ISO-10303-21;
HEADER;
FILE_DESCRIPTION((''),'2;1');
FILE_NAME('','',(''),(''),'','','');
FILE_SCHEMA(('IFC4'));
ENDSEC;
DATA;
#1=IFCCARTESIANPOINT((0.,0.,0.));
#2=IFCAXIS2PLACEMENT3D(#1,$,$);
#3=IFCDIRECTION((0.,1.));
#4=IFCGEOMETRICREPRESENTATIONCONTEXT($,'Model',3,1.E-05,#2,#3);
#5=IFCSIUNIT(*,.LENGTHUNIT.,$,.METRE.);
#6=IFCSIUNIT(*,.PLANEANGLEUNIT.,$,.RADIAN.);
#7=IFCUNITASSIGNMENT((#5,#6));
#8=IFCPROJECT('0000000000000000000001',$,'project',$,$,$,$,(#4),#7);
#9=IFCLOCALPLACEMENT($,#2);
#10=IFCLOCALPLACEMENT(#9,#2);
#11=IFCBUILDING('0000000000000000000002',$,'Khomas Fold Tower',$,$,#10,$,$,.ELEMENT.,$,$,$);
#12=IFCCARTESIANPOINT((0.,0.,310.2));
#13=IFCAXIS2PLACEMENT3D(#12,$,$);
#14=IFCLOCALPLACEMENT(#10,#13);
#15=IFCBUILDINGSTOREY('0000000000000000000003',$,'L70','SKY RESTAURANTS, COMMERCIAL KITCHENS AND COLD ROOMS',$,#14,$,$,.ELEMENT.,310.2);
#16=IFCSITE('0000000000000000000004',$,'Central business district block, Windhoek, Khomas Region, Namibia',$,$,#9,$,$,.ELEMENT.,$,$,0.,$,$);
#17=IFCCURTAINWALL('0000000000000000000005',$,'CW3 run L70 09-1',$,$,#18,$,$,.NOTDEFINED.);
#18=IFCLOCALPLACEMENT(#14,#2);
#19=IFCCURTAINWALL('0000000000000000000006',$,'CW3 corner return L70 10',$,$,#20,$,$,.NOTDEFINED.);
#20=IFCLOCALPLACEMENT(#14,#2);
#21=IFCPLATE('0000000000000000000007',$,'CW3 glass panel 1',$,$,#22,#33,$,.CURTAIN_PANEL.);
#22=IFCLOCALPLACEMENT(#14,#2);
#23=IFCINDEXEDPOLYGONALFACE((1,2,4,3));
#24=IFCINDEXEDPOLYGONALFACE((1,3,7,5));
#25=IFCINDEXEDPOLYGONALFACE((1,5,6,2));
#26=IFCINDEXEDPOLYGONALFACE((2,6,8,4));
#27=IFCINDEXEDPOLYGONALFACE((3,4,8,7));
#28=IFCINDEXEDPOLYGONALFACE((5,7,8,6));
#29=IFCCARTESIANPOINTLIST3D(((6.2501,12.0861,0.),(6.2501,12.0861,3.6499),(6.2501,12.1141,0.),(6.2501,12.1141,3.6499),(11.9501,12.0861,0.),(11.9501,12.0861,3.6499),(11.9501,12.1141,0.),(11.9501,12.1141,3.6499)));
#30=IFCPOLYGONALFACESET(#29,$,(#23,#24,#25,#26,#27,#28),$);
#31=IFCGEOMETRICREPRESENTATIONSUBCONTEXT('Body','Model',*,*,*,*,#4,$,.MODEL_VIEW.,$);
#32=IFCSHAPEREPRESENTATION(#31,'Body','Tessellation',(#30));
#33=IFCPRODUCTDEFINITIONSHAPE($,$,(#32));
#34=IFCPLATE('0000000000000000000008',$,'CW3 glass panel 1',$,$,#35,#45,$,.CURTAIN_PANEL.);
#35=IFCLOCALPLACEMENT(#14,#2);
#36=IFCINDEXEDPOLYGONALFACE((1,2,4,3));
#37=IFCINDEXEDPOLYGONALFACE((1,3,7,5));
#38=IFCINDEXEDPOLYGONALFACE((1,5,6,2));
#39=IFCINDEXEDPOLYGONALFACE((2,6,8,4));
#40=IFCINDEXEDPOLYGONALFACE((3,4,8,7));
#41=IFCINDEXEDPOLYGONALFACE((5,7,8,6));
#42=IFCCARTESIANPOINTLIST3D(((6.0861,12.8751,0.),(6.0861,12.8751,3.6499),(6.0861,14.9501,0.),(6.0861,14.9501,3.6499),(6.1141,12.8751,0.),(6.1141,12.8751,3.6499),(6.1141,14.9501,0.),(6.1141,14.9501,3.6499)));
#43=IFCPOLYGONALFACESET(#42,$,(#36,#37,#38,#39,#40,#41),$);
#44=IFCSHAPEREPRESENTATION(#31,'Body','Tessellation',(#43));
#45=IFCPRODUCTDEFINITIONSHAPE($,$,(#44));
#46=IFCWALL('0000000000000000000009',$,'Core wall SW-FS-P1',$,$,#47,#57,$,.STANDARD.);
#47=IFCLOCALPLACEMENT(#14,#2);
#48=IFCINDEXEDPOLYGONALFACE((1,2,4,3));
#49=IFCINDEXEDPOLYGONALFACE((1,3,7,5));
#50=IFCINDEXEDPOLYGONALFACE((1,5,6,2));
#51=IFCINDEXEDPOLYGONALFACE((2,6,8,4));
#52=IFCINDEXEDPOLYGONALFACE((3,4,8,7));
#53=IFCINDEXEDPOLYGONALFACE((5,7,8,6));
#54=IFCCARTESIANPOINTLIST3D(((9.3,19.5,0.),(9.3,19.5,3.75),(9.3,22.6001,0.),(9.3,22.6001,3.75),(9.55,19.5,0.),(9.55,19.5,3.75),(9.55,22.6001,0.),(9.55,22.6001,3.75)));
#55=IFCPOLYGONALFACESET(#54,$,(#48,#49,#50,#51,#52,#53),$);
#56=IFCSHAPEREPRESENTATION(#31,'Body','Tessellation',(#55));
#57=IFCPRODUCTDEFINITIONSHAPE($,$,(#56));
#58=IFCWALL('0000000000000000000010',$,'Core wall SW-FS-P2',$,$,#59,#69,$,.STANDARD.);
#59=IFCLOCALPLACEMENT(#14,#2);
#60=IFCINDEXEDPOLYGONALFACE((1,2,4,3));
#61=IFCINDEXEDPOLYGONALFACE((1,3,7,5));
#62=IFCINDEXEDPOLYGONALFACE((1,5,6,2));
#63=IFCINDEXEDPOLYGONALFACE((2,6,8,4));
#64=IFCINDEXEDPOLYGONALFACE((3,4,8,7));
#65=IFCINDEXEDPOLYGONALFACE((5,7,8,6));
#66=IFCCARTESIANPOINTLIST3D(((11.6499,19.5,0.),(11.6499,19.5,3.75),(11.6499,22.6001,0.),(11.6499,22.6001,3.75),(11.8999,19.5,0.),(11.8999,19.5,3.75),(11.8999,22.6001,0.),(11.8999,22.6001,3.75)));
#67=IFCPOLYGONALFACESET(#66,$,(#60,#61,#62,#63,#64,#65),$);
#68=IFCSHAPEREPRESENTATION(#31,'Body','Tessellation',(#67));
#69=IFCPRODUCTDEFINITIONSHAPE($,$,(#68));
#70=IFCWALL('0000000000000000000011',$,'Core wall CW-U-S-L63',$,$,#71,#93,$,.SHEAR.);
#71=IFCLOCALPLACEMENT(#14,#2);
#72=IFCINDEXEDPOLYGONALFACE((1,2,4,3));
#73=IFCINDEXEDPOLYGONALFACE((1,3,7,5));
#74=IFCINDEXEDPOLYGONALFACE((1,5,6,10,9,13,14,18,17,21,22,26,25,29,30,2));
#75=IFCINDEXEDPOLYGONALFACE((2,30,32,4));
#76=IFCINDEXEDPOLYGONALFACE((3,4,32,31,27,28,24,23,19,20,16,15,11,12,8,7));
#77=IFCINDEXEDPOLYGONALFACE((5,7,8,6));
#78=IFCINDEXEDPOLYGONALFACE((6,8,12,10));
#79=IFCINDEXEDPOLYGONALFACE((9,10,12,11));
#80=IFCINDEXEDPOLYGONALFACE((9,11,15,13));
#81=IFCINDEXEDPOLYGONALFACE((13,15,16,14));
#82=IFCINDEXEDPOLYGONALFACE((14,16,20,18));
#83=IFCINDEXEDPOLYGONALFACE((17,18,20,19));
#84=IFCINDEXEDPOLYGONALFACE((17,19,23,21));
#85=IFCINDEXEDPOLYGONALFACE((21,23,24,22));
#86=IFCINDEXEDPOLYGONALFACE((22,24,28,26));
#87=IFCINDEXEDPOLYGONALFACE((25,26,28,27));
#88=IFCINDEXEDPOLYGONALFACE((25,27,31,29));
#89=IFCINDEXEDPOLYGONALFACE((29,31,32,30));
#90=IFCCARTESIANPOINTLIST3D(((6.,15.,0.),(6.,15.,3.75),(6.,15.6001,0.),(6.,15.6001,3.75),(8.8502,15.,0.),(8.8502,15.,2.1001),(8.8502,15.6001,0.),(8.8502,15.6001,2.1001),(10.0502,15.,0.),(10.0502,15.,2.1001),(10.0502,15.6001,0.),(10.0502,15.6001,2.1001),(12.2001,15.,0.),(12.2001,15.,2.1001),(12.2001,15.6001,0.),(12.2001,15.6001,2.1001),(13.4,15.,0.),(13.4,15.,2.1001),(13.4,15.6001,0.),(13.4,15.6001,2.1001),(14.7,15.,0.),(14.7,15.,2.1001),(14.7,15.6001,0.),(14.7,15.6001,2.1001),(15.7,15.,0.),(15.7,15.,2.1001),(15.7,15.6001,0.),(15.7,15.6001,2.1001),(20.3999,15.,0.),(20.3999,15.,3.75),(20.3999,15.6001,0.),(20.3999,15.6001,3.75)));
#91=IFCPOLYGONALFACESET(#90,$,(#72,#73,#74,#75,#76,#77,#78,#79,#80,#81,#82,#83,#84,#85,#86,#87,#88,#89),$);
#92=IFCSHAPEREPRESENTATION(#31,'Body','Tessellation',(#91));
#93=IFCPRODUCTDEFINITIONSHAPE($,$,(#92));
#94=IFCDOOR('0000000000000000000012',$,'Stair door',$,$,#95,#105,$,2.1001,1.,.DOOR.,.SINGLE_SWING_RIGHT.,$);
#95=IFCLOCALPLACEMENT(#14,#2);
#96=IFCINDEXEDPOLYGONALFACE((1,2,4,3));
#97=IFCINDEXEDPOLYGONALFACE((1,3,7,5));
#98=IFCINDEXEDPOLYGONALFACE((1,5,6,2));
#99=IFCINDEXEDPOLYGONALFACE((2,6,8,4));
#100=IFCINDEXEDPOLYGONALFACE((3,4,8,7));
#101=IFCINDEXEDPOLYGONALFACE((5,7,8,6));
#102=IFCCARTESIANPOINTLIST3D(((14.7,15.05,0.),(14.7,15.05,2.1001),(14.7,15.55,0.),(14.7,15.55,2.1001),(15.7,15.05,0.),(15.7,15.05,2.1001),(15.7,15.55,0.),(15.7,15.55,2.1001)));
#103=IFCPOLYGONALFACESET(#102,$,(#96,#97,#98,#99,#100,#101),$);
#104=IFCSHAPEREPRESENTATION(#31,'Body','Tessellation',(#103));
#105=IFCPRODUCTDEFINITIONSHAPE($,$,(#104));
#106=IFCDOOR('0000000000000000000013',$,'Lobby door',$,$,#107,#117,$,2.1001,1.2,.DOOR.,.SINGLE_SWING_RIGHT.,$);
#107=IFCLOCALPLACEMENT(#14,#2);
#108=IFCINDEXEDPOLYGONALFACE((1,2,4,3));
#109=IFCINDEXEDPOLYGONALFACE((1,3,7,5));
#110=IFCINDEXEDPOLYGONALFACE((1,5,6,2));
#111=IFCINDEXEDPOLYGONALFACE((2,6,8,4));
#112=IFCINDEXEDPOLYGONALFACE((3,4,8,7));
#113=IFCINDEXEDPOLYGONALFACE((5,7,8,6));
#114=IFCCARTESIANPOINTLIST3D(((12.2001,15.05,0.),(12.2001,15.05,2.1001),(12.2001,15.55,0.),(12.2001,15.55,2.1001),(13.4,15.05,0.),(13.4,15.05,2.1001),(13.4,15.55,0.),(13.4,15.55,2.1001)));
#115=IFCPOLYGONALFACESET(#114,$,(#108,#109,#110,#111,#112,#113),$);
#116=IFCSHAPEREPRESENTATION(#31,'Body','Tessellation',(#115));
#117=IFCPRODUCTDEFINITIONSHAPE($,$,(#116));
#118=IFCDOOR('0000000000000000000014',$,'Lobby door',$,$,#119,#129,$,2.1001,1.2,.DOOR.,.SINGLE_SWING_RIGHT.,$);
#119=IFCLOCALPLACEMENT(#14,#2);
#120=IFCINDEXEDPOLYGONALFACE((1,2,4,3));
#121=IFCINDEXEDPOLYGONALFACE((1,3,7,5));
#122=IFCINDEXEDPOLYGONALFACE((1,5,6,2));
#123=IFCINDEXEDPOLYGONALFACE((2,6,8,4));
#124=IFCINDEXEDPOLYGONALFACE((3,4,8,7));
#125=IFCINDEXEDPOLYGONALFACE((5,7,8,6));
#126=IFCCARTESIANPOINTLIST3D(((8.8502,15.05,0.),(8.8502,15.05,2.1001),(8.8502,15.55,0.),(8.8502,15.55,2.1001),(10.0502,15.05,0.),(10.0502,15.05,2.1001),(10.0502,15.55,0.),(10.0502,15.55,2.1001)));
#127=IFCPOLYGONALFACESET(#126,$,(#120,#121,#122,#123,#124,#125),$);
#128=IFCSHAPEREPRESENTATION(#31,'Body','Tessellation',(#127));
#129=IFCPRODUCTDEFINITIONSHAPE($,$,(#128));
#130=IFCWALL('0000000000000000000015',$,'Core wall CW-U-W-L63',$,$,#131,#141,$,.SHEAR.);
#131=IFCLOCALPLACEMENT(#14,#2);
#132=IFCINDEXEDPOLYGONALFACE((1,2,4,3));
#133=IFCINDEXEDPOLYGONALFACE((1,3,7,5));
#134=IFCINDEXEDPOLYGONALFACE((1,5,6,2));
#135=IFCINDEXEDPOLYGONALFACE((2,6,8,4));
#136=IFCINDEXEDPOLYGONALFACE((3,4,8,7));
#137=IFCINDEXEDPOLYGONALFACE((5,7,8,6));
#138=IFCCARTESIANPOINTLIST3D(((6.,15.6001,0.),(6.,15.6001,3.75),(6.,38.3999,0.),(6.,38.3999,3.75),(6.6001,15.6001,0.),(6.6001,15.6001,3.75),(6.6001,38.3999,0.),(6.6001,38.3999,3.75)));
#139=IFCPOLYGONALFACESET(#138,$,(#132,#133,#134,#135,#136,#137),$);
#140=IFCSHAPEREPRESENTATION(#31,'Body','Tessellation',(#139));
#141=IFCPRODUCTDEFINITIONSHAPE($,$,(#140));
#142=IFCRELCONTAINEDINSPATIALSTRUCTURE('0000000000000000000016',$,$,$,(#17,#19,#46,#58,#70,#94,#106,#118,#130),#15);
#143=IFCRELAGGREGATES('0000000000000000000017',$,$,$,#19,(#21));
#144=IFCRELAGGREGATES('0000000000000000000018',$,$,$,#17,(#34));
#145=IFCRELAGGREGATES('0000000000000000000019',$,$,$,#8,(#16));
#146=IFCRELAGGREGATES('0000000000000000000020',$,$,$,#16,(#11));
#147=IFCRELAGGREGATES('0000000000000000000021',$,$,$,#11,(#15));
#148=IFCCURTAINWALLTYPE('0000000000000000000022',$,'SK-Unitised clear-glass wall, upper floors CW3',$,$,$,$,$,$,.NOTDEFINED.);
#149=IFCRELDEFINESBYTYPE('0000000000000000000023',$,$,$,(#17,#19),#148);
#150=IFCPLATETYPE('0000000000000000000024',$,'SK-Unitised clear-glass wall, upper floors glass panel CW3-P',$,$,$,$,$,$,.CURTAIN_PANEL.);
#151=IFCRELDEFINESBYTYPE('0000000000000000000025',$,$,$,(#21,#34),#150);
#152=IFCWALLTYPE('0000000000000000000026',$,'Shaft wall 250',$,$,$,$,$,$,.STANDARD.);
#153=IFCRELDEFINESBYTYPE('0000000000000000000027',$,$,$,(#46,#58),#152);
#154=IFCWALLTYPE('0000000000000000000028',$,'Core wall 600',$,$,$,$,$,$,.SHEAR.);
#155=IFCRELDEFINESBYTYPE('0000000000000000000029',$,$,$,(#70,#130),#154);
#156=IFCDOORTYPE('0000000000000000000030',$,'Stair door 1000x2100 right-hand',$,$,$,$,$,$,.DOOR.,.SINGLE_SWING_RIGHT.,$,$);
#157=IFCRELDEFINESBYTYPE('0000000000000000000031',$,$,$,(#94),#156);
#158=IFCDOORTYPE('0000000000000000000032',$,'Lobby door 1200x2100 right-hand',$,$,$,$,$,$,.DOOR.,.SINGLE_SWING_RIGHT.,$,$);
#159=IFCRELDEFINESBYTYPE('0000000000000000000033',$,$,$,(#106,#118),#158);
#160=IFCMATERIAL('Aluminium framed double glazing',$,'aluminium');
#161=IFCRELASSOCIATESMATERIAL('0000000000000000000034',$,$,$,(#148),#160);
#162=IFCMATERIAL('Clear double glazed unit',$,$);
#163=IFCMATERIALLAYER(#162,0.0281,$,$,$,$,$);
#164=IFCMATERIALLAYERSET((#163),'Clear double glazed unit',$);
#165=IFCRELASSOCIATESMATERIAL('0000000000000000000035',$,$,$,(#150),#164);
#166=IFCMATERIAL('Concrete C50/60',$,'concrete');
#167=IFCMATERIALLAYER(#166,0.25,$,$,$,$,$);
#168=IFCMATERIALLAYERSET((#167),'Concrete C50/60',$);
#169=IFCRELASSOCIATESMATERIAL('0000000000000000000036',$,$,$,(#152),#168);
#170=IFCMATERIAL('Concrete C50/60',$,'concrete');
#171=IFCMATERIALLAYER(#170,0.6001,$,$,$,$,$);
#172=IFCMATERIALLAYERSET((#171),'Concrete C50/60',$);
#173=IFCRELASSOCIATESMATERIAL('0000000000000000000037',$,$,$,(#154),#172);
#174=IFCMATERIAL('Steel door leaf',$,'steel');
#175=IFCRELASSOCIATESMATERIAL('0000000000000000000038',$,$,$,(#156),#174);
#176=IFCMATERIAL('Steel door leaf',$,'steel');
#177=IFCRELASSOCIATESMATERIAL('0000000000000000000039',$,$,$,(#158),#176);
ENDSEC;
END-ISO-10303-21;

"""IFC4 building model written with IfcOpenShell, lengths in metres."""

from ifc_helpers import new_model, si_unit, direction, frame, frame_2d, origin, origin_2d, place, context, subcontext, project, spatial, rectangle, extrude, source, transform, mapped, material, layer, layer_set, type_object, element, fill, aggregate, save


model = new_model("IFC4")

# Units and contexts
model_context = context("Model", 3, precision=1e-05, world=origin(), true_north=direction((0.0, 1.0)))
body_context = subcontext(model_context, "Body", "Model", "MODEL_VIEW")
ifc_project = project(units=[si_unit("LENGTHUNIT", "METRE"), si_unit("PLANEANGLEUNIT", "RADIAN")], contexts=[model_context])

# Site, building, storey
site_placement = place(None, origin())
site = spatial("IfcSite", under=ifc_project, at=site_placement, Name="Central business district block, Windhoek, Khomas Region, Namibia", CompositionType="ELEMENT", RefElevation=0.0)
building_placement = place(site_placement, origin())
building = spatial("IfcBuilding", under=site, at=building_placement, Name="Khomas Fold Tower", CompositionType="ELEMENT")
storey_placement = place(building_placement, frame((0.0, 0.0, 310.2)))
storey = spatial("IfcBuildingStorey", under=building, at=storey_placement, Name="L70", Description="SKY RESTAURANTS, COMMERCIAL KITCHENS AND COLD ROOMS", CompositionType="ELEMENT", Elevation=310.2)

# Curtain wall
ifc_material_1 = material(Name="Aluminium framed double glazing", Category="aluminium")
curtain_wall_type = type_object("IfcCurtainWallType", Name="SK-Unitised clear-glass wall, upper floors CW3", PredefinedType="NOTDEFINED", material=ifc_material_1)
curtain_wall_1_placement = place(storey_placement, origin())
curtain_wall_1 = element("IfcCurtainWall", 1, at=curtain_wall_1_placement, inside=storey, type_object=curtain_wall_type, Name="CW3 run L70 09-1", PredefinedType="NOTDEFINED")

# Curtain wall
curtain_wall_2_placement = place(storey_placement, origin())
curtain_wall_2 = element("IfcCurtainWall", 2, at=curtain_wall_2_placement, inside=storey, type_object=curtain_wall_type, Name="CW3 corner return L70 10", PredefinedType="NOTDEFINED")

# Plates
ifc_material_2 = material(Name="Clear double glazed unit")
ifc_layer_1 = layer(ifc_material_2, 0.0281)
ifc_layer_set_1 = layer_set([ifc_layer_1], Name="Clear double glazed unit")
plate_type = type_object("IfcPlateType", Name="SK-Unitised clear-glass wall, upper floors glass panel CW3-P", PredefinedType="CURTAIN_PANEL", material=ifc_layer_set_1)
shared_shape_1 = source(origin(), body_context, "Body", "SweptSolid", [
    extrude(rectangle(XDim=5.7, YDim=0.0281, at=origin_2d()), origin(), (0.0, 0.0, 1.0), 3.6499),
])
plate_1_placement = place(storey_placement, frame((9.1001, 12.1001, 0.0), z_axis=(0.0, 0.0, 1.0), x_axis=(1.0, 0.0, 0.0)))
plate_1 = element("IfcPlate", 3, at=plate_1_placement, type_object=plate_type, Name="CW3 glass panel 1", PredefinedType="CURTAIN_PANEL", context=body_context, shape_type="MappedRepresentation", body=[
    mapped(shared_shape_1, transform((0.0, 0.0, 0.0))),
])
aggregate(curtain_wall_2, [plate_1])
shared_shape_2 = source(origin(), body_context, "Body", "SweptSolid", [
    extrude(rectangle(XDim=2.075, YDim=0.0281, at=origin_2d()), origin(), (0.0, 0.0, 1.0), 3.6499),
])
plate_2_placement = place(storey_placement, frame((6.1001, 13.9126, 0.0), z_axis=(0.0, 0.0, 1.0), x_axis=(0.0, -1.0, 0.0)))
plate_2 = element("IfcPlate", 4, at=plate_2_placement, type_object=plate_type, Name="CW3 glass panel 1", PredefinedType="CURTAIN_PANEL", context=body_context, shape_type="MappedRepresentation", body=[
    mapped(shared_shape_2, transform((0.0, 0.0, 0.0))),
])
aggregate(curtain_wall_1, [plate_2])

# Walls
ifc_material_3 = material(Name="Concrete C50/60", Category="concrete")
ifc_layer_2 = layer(ifc_material_3, 0.25)
ifc_layer_set_2 = layer_set([ifc_layer_2], Name="Concrete C50/60")
wall_type_1 = type_object("IfcWallType", Name="Shaft wall 250", PredefinedType="STANDARD", material=ifc_layer_set_2)
shared_shape_3 = source(origin(), body_context, "Body", "SweptSolid", [
    extrude(rectangle(XDim=3.1001, YDim=0.25, at=frame_2d((1.55, 0.0))), origin(), (0.0, 0.0, 1.0), 3.75),
])
for number, where, z_axis, x_axis, name in (
    (5, (9.425, 19.5, 0.0), (0.0, 0.0, 1.0), (0.0, 1.0, 0.0), "Core wall SW-FS-P1"),
    (6, (11.7749, 19.5, 0.0), (0.0, 0.0, 1.0), (0.0, 1.0, 0.0), "Core wall SW-FS-P2"),
):
    element("IfcWall", number, at=place(storey_placement, frame(where, z_axis=z_axis, x_axis=x_axis)), inside=storey, type_object=wall_type_1, Name=name, PredefinedType="STANDARD", context=body_context, shape_type="MappedRepresentation", body=[
        mapped(shared_shape_3, transform((0.0, 0.0, 0.0))),
    ])

# Wall, openings, doors
ifc_material_4 = material(Name="Concrete C50/60", Category="concrete")
ifc_layer_3 = layer(ifc_material_4, 0.6001)
ifc_layer_set_3 = layer_set([ifc_layer_3], Name="Concrete C50/60")
wall_type_2 = type_object("IfcWallType", Name="Core wall 600", PredefinedType="SHEAR", material=ifc_layer_set_3)
shared_shape_4 = source(origin(), body_context, "Body", "SweptSolid", [
    extrude(rectangle(XDim=14.3999, YDim=0.6001, at=frame_2d((7.2, 0.0))), origin(), (0.0, 0.0, 1.0), 3.75),
])
wall_1_placement = place(storey_placement, frame((6.0, 15.3, 0.0), z_axis=(0.0, 0.0, 1.0), x_axis=(1.0, 0.0, 0.0)))
wall_1 = element("IfcWall", 7, at=wall_1_placement, inside=storey, type_object=wall_type_2, Name="Core wall CW-U-S-L63", PredefinedType="SHEAR", context=body_context, shape_type="MappedRepresentation", body=[
    mapped(shared_shape_4, transform((0.0, 0.0, 0.0))),
])
shared_shape_5 = source(origin(), body_context, "Body", "SweptSolid", [
    extrude(rectangle(XDim=1.2, YDim=2.1001, at=frame_2d((0.6001, 1.05))), frame((0.0, 0.3101, 0.0), z_axis=(0.0, -1.0, 0.0), x_axis=(1.0, 0.0, 0.0)), (0.0, 0.0, 1.0), 0.6201),
])
opening_1_placement = place(wall_1_placement, frame((6.2, 0.0, 0.0)))
opening_1 = element("IfcOpeningElement", 8, at=opening_1_placement, cuts=wall_1, PredefinedType="OPENING", context=body_context, shape_type="MappedRepresentation", body=[
    mapped(shared_shape_5, transform((0.0, 0.0, 0.0))),
])
opening_2_placement = place(wall_1_placement, frame((2.8501, 0.0, 0.0)))
opening_2 = element("IfcOpeningElement", 9, at=opening_2_placement, cuts=wall_1, PredefinedType="OPENING", context=body_context, shape_type="MappedRepresentation", body=[
    mapped(shared_shape_5, transform((0.0, 0.0, 0.0))),
])
shared_shape_6 = source(origin(), body_context, "Body", "SweptSolid", [
    extrude(rectangle(XDim=1.0, YDim=2.1001, at=frame_2d((0.5, 1.05))), frame((0.0, 0.3101, 0.0), z_axis=(0.0, -1.0, 0.0), x_axis=(1.0, 0.0, 0.0)), (0.0, 0.0, 1.0), 0.6201),
])
opening_3_placement = place(wall_1_placement, frame((8.7, 0.0, 0.0)))
opening_3 = element("IfcOpeningElement", 10, at=opening_3_placement, cuts=wall_1, PredefinedType="OPENING", context=body_context, shape_type="MappedRepresentation", body=[
    mapped(shared_shape_6, transform((0.0, 0.0, 0.0))),
])
ifc_material_5 = material(Name="Steel door leaf", Category="steel")
door_type_1 = type_object("IfcDoorType", Name="Stair door 1000x2100 right-hand", OperationType="SINGLE_SWING_RIGHT", PredefinedType="DOOR", material=ifc_material_5)
shared_shape_7 = source(origin(), body_context, "Body", "SweptSolid", [
    extrude(rectangle(XDim=1.0, YDim=2.1001, at=frame_2d((0.5, 1.05))), frame((0.0, 0.25, 0.0), z_axis=(0.0, -1.0, 0.0), x_axis=(1.0, 0.0, 0.0)), (0.0, 0.0, 1.0), 0.5),
])
door_1_placement = place(opening_3_placement, origin())
door_1 = element("IfcDoor", 11, at=door_1_placement, inside=storey, type_object=door_type_1, Name="Stair door", OperationType="SINGLE_SWING_RIGHT", OverallHeight=2.1001, OverallWidth=1.0, PredefinedType="DOOR", context=body_context, shape_type="MappedRepresentation", body=[
    mapped(shared_shape_7, transform((0.0, 0.0, 0.0))),
])
fill(opening_3, door_1)
ifc_material_6 = material(Name="Steel door leaf", Category="steel")
door_type_2 = type_object("IfcDoorType", Name="Lobby door 1200x2100 right-hand", OperationType="SINGLE_SWING_RIGHT", PredefinedType="DOOR", material=ifc_material_6)
shared_shape_8 = source(origin(), body_context, "Body", "SweptSolid", [
    extrude(rectangle(XDim=1.2, YDim=2.1001, at=frame_2d((0.6001, 1.05))), frame((0.0, 0.25, 0.0), z_axis=(0.0, -1.0, 0.0), x_axis=(1.0, 0.0, 0.0)), (0.0, 0.0, 1.0), 0.5),
])
door_2_placement = place(opening_1_placement, origin())
door_2 = element("IfcDoor", 12, at=door_2_placement, inside=storey, type_object=door_type_2, Name="Lobby door", OperationType="SINGLE_SWING_RIGHT", OverallHeight=2.1001, OverallWidth=1.2, PredefinedType="DOOR", context=body_context, shape_type="MappedRepresentation", body=[
    mapped(shared_shape_8, transform((0.0, 0.0, 0.0))),
])
fill(opening_1, door_2)
door_3_placement = place(opening_2_placement, origin())
door_3 = element("IfcDoor", 13, at=door_3_placement, inside=storey, type_object=door_type_2, Name="Lobby door", OperationType="SINGLE_SWING_RIGHT", OverallHeight=2.1001, OverallWidth=1.2, PredefinedType="DOOR", context=body_context, shape_type="MappedRepresentation", body=[
    mapped(shared_shape_8, transform((0.0, 0.0, 0.0))),
])
fill(opening_2, door_3)

# Wall
shared_shape_9 = source(origin(), body_context, "Body", "SweptSolid", [
    extrude(rectangle(XDim=22.7998, YDim=0.6001, at=frame_2d((11.3999, 0.0))), origin(), (0.0, 0.0, 1.0), 3.75),
])
wall_2_placement = place(storey_placement, frame((6.3, 15.6001, 0.0), z_axis=(0.0, 0.0, 1.0), x_axis=(0.0, 1.0, 0.0)))
element("IfcWall", 14, at=wall_2_placement, inside=storey, type_object=wall_type_2, Name="Core wall CW-U-W-L63", PredefinedType="SHEAR", context=body_context, shape_type="MappedRepresentation", body=[
    mapped(shared_shape_9, transform((0.0, 0.0, 0.0))),
])

save(model, "model.ifc")
